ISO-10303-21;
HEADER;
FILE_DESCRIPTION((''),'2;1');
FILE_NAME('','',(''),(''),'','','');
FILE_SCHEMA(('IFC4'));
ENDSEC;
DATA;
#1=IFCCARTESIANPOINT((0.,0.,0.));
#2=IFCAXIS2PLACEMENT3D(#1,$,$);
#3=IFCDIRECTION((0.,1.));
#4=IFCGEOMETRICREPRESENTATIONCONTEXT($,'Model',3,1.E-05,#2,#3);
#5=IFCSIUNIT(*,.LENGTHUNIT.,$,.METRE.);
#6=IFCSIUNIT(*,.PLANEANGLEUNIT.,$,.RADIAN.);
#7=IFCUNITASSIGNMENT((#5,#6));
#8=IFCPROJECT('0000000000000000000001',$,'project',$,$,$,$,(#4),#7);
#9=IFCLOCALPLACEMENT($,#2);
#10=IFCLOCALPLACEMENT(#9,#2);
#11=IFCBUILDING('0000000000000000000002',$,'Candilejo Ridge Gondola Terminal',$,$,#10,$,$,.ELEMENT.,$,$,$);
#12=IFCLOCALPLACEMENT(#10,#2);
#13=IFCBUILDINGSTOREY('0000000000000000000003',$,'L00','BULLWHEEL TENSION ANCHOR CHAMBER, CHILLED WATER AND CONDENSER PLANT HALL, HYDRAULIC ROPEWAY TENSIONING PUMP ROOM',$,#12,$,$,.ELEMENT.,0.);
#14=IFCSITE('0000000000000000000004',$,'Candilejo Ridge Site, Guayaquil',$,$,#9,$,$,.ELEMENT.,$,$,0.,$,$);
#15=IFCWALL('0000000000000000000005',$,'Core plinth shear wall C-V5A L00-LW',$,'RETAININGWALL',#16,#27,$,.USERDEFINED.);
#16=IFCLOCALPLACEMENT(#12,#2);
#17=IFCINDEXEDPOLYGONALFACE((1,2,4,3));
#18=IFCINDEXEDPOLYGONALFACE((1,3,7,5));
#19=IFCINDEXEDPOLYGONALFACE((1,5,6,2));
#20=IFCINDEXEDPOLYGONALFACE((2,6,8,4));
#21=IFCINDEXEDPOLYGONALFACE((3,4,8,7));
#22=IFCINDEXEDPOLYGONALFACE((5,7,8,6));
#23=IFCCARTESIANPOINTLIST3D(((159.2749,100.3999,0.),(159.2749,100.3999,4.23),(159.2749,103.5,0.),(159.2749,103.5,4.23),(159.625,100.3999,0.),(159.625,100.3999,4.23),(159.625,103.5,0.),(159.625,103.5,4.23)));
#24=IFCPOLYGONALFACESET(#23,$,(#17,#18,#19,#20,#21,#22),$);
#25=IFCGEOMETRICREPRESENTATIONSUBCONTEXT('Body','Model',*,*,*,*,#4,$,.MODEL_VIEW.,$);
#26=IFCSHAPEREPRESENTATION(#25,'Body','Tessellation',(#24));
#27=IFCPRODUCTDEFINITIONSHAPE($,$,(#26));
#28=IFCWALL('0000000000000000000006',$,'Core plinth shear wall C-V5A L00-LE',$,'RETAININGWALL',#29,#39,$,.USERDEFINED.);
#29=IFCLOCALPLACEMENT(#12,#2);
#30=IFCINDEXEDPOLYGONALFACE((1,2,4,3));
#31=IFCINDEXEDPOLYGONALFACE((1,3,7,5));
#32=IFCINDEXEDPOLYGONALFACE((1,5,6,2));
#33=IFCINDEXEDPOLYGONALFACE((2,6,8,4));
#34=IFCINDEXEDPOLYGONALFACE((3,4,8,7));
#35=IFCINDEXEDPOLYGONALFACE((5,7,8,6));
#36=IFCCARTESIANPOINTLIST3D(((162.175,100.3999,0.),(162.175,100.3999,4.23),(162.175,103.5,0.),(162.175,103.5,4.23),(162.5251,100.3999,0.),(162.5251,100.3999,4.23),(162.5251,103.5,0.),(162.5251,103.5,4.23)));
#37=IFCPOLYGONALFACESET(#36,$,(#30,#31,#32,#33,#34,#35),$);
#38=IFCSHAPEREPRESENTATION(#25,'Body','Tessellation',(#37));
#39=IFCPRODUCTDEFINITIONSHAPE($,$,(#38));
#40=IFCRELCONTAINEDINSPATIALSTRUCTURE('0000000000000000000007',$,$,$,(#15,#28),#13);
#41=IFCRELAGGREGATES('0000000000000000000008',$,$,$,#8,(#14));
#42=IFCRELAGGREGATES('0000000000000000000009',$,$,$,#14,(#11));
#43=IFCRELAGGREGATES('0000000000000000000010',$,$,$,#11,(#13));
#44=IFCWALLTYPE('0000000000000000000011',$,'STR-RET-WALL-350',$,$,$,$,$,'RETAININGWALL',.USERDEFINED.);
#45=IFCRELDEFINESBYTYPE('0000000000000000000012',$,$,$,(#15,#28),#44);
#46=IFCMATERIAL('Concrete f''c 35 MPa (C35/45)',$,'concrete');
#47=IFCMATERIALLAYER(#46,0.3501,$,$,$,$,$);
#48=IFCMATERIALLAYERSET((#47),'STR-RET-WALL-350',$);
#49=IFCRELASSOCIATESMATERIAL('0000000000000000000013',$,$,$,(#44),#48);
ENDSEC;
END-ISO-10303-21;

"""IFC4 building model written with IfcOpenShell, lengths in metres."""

from ifc_helpers import new_model, si_unit, direction, frame, frame_2d, origin, place, context, subcontext, project, spatial, rectangle, extrude, material, layer, layer_set, type_object, element, save


model = new_model("IFC4")

# Units and contexts
model_context = context("Model", 3, precision=1e-05, world=origin(), true_north=direction((0.0, 1.0)))
body_context = subcontext(model_context, "Body", "Model", "MODEL_VIEW")
ifc_project = project(units=[si_unit("LENGTHUNIT", "METRE"), si_unit("PLANEANGLEUNIT", "RADIAN")], contexts=[model_context])

# Site, building, storey
site_placement = place(None, origin())
site = spatial("IfcSite", under=ifc_project, at=site_placement, Name="Candilejo Ridge Site, Guayaquil", CompositionType="ELEMENT", RefElevation=0.0)
building_placement = place(site_placement, origin())
building = spatial("IfcBuilding", under=site, at=building_placement, Name="Candilejo Ridge Gondola Terminal", CompositionType="ELEMENT")
storey_placement = place(building_placement, origin())
storey = spatial("IfcBuildingStorey", under=building, at=storey_placement, Name="L00", Description="BULLWHEEL TENSION ANCHOR CHAMBER, CHILLED WATER AND CONDENSER PLANT HALL, HYDRAULIC ROPEWAY TENSIONING PUMP ROOM", CompositionType="ELEMENT", Elevation=0.0)

# Walls
ifc_material_1 = material(Name="Concrete f'c 35 MPa (C35/45)", Category="concrete")
ifc_layer = layer(ifc_material_1, 0.3501)
ifc_layer_set = layer_set([ifc_layer], Name="STR-RET-WALL-350")
wall_type = type_object("IfcWallType", Name="STR-RET-WALL-350", ElementType="RETAININGWALL", PredefinedType="USERDEFINED", material=ifc_layer_set)
for number, where, z_axis, x_axis, name in (
    (1, (159.45, 100.3999, 0.0), (0.0, 0.0, 1.0), (0.0, 1.0, 0.0), "Core plinth shear wall C-V5A L00-LW"),
    (2, (162.3501, 100.3999, 0.0), (0.0, 0.0, 1.0), (0.0, 1.0, 0.0), "Core plinth shear wall C-V5A L00-LE"),
):
    element("IfcWall", number, at=place(storey_placement, frame(where, z_axis=z_axis, x_axis=x_axis)), inside=storey, type_object=wall_type, Name=name, ObjectType="RETAININGWALL", PredefinedType="USERDEFINED", context=body_context, shape_type="SweptSolid", body=[
        extrude(rectangle(XDim=3.1001, YDim=0.3501, at=frame_2d((1.55, 0.0))), origin(), (0.0, 0.0, 1.0), 4.23),
    ])

save(model, "model.ifc")
